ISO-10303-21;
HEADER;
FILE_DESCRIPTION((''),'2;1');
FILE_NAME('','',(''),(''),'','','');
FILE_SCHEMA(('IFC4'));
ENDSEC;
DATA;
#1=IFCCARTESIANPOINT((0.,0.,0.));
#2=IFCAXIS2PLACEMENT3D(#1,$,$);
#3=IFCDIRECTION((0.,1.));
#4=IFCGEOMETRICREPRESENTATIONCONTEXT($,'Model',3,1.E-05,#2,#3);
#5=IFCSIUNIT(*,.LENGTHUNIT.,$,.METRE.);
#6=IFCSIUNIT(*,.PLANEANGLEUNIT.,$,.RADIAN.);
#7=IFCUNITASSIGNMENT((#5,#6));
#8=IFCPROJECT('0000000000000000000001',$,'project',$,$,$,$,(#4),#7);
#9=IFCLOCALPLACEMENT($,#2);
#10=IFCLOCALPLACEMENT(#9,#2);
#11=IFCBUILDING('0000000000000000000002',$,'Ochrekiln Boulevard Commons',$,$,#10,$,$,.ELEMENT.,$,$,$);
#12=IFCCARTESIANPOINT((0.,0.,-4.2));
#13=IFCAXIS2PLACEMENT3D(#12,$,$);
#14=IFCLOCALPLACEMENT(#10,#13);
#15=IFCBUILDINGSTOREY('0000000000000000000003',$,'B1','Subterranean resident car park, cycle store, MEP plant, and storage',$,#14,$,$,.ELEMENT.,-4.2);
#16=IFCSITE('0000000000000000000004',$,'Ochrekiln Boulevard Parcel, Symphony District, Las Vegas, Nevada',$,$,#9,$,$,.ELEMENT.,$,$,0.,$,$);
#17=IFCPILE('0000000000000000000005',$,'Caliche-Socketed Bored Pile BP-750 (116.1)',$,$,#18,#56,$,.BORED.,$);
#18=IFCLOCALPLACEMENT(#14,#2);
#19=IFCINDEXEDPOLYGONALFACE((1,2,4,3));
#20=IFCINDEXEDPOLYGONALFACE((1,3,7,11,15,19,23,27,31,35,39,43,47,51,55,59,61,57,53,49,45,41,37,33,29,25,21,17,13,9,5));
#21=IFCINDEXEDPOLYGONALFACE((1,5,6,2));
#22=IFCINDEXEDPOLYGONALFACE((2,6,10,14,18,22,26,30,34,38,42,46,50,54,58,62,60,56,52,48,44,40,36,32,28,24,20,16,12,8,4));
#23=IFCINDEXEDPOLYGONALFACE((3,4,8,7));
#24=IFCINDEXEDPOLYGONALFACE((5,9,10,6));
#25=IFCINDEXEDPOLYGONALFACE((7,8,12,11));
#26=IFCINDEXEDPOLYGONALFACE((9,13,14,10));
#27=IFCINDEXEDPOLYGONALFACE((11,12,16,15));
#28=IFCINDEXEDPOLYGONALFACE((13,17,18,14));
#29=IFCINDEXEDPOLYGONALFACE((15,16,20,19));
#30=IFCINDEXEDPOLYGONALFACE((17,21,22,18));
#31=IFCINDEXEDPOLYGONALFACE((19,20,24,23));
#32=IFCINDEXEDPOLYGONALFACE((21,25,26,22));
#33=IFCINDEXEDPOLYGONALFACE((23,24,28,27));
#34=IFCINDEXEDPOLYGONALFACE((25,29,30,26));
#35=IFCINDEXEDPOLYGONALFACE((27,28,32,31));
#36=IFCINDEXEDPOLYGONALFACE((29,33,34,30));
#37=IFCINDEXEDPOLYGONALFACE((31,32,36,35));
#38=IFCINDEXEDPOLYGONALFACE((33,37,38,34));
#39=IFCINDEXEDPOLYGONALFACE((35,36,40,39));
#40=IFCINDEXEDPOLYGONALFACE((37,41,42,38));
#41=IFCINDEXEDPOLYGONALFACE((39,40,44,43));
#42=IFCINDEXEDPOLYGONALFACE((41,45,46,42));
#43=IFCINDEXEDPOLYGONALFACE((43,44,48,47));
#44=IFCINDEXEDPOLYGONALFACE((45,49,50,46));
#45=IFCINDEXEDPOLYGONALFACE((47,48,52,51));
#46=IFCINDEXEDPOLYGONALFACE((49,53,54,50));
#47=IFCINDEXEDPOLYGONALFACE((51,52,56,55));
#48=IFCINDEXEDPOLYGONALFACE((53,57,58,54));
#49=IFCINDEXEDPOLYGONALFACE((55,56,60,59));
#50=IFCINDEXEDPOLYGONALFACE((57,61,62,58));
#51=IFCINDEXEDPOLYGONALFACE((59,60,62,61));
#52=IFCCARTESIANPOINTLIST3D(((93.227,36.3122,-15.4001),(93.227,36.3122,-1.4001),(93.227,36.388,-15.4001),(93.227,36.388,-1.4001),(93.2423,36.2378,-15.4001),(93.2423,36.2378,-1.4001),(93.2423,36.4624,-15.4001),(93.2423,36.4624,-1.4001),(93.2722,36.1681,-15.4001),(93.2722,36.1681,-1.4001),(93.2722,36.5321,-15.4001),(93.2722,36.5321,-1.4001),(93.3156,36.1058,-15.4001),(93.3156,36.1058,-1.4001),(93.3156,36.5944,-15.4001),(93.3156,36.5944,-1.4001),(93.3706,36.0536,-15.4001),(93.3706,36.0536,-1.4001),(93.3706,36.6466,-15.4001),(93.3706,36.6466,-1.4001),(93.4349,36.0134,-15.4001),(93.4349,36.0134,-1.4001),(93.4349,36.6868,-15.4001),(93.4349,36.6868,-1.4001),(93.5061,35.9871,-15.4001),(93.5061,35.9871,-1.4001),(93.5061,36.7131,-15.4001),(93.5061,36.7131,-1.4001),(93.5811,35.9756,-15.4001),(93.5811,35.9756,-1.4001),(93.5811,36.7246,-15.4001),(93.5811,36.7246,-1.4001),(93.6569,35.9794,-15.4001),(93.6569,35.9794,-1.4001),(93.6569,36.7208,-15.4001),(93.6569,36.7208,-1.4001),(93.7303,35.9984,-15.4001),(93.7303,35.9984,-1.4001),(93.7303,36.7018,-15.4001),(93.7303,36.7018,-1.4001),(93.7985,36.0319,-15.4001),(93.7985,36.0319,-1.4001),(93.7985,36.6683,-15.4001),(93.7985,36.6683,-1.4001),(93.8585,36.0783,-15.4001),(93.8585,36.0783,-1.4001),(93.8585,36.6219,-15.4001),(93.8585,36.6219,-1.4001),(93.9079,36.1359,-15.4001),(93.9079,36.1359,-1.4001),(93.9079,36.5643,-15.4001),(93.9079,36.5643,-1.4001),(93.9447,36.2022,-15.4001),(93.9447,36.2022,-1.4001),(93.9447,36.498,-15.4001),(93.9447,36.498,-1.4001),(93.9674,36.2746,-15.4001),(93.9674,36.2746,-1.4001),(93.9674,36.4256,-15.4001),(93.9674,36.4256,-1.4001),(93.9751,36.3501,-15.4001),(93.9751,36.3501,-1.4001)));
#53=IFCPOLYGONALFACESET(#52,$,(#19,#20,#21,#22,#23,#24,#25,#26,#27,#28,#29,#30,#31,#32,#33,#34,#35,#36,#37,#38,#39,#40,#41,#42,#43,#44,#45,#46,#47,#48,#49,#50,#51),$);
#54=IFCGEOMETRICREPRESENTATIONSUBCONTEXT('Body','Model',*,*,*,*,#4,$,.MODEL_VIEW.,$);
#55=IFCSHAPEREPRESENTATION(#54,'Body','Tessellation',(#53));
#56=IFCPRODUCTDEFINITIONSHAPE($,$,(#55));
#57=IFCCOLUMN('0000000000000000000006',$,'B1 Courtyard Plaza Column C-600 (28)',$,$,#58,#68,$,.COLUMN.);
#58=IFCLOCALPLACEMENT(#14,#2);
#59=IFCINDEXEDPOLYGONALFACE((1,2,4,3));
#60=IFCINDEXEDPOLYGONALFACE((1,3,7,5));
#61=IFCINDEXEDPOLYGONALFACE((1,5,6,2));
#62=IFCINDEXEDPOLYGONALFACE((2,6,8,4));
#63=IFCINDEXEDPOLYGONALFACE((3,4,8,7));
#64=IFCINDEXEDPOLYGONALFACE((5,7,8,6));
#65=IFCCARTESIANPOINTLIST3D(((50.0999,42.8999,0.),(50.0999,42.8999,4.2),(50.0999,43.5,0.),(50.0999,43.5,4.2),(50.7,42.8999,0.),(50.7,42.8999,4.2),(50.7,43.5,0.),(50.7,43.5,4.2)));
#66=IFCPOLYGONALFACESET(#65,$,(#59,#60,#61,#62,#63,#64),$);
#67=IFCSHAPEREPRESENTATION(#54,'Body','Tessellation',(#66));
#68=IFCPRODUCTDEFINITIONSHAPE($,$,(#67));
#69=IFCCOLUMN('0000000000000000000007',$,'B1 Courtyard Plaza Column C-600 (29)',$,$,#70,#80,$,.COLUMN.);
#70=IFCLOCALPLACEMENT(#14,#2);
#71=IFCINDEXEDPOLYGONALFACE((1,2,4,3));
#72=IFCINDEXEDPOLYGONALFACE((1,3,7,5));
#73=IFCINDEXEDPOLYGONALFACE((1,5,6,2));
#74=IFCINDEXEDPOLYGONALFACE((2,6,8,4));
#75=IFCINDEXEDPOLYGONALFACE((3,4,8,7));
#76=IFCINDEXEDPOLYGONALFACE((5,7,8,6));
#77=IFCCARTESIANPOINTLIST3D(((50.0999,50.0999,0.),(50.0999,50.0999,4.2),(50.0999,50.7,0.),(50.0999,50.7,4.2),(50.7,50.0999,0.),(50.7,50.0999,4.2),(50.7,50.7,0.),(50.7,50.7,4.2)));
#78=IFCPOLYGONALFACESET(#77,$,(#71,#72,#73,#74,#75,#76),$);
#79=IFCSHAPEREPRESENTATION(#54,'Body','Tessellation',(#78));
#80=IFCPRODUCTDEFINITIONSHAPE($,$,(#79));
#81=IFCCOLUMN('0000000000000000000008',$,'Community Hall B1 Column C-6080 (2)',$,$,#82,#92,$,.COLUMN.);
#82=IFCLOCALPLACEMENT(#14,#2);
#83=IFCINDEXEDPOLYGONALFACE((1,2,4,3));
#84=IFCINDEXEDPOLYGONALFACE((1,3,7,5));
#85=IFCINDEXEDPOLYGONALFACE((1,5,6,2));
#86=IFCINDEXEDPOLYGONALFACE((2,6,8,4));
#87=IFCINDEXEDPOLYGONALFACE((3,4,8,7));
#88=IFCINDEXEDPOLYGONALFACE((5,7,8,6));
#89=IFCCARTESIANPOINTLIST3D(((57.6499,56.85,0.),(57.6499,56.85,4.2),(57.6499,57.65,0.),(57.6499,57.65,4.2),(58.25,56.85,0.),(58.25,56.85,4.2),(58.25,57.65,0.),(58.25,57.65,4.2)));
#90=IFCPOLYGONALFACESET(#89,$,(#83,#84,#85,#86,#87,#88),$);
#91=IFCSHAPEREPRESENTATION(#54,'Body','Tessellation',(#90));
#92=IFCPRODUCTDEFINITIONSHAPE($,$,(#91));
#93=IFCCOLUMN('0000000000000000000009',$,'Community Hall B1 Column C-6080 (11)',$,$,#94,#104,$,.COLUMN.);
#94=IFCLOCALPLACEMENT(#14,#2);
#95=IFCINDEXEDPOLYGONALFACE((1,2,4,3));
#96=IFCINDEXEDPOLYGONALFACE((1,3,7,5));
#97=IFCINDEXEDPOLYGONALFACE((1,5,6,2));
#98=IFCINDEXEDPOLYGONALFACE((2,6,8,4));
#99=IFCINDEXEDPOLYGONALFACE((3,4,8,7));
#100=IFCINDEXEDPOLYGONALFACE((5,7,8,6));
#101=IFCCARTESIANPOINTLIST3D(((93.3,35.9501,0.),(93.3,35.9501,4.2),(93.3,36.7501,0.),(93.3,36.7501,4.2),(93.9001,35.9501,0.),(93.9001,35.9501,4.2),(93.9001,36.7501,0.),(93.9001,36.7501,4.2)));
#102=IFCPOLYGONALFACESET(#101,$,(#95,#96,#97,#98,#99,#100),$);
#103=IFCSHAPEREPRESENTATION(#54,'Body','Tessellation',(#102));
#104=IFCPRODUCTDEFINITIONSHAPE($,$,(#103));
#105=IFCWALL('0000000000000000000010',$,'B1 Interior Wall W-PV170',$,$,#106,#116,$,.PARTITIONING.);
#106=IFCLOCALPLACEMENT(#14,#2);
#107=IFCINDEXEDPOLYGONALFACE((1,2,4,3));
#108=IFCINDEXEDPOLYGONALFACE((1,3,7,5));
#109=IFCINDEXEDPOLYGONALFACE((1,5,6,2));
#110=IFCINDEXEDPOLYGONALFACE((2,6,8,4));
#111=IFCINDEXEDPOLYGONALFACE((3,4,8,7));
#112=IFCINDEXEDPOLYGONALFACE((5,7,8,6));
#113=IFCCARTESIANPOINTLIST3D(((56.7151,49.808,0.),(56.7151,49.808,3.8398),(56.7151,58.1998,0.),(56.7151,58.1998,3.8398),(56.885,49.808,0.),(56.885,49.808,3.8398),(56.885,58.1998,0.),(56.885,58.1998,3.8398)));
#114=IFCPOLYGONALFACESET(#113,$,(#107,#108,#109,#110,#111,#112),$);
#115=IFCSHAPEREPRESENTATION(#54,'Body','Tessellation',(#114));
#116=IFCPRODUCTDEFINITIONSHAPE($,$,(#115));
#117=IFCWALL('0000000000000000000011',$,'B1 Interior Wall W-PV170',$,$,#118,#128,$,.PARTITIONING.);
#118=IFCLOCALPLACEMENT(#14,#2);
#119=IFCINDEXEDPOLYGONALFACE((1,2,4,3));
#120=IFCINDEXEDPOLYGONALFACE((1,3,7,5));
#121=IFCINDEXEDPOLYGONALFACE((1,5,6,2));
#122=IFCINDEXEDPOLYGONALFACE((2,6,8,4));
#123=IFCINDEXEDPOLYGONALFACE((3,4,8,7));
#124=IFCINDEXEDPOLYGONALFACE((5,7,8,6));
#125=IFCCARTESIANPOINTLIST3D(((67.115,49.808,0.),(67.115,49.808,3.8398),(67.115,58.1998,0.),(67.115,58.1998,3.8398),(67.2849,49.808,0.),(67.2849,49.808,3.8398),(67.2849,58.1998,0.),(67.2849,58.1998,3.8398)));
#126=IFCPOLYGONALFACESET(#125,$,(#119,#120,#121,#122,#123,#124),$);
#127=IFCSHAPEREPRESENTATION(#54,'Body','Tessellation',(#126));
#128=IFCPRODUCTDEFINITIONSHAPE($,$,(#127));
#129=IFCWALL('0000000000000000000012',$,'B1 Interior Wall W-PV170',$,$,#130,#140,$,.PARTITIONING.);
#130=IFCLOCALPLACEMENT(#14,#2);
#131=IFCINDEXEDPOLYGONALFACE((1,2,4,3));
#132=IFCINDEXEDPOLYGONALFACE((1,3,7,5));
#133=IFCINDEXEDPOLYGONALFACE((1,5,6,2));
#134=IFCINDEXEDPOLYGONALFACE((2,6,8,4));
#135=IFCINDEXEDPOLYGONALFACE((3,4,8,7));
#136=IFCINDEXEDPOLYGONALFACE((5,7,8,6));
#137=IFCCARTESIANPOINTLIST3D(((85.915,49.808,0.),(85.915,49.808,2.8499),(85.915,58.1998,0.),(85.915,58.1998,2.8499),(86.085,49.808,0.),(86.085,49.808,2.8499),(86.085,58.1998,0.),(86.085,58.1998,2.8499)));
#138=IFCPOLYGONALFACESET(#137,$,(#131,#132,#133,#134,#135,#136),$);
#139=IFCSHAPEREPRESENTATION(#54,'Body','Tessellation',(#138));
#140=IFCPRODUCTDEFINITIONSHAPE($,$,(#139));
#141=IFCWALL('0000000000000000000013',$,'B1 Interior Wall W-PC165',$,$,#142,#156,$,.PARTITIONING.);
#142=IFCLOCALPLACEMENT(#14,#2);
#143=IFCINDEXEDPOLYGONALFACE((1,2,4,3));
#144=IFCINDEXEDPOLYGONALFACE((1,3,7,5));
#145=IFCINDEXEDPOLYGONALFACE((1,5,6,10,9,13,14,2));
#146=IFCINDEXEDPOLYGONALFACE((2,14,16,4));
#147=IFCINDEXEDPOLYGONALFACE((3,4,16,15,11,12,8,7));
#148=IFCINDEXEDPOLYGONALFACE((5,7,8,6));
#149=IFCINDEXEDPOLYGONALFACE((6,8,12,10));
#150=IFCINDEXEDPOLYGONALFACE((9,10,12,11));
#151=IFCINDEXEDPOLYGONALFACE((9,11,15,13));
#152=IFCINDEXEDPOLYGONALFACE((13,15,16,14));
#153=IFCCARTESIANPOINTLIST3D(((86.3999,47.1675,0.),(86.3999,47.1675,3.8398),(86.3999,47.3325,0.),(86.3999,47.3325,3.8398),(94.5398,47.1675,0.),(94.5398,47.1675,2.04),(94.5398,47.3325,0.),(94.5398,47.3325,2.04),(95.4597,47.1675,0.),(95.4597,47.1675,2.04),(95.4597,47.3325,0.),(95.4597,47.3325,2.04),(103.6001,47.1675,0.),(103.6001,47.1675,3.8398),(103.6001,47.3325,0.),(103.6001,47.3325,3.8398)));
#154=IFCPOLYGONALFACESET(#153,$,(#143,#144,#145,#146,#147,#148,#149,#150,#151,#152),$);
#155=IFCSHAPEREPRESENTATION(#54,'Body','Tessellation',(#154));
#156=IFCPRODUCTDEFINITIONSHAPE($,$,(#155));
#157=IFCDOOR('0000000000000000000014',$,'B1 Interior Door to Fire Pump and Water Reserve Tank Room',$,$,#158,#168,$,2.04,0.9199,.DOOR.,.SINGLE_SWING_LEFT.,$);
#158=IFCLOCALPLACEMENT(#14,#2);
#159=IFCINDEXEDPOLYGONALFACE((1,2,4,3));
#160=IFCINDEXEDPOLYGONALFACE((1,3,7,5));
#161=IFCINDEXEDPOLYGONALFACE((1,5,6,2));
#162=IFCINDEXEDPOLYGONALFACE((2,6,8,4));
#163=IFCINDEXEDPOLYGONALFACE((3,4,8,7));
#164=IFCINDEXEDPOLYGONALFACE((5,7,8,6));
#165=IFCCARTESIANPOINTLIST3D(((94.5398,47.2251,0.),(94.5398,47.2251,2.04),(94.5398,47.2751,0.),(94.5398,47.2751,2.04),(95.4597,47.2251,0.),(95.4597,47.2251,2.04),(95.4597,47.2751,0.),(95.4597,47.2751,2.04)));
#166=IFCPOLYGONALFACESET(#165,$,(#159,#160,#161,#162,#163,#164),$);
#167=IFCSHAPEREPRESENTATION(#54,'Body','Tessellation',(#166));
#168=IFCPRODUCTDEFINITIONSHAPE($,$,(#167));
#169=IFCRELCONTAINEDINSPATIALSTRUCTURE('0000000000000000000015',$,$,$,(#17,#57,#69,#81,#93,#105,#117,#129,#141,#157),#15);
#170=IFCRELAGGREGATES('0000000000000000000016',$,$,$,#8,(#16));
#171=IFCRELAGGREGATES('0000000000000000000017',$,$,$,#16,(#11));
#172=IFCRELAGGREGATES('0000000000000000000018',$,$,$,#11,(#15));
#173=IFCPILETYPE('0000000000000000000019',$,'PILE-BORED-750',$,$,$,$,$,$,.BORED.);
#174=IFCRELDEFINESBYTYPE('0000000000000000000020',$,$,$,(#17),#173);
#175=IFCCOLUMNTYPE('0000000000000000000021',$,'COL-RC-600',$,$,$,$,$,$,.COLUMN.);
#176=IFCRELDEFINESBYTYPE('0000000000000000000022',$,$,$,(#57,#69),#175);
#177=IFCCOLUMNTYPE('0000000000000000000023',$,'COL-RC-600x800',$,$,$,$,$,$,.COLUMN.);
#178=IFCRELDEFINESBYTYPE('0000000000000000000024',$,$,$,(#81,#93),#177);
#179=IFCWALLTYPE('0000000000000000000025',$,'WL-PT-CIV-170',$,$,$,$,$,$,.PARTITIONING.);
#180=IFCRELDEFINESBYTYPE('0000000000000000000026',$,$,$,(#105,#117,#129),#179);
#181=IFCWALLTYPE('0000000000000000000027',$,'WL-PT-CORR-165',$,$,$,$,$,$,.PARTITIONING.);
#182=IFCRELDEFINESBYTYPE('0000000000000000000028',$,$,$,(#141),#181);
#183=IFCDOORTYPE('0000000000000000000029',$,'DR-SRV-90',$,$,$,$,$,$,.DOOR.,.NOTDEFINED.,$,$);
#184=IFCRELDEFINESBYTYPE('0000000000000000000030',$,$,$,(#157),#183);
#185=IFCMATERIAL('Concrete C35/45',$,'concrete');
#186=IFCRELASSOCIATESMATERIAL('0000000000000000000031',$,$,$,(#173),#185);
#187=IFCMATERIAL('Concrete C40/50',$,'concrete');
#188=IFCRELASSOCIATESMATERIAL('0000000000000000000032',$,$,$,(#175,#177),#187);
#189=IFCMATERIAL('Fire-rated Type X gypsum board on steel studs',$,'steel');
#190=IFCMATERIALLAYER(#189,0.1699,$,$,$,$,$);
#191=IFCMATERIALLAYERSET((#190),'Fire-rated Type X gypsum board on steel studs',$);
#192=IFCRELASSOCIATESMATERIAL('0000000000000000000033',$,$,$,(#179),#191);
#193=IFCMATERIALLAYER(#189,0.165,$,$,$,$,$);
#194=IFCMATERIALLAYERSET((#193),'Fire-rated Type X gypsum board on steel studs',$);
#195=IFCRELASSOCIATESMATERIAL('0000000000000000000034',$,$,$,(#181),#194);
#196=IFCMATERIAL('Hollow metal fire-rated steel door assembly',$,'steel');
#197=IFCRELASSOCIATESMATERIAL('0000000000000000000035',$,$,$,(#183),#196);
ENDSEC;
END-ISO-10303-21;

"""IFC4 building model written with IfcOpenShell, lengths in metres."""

from ifc_helpers import new_model, si_unit, direction, frame, frame_2d, origin, origin_2d, place, context, subcontext, project, spatial, rectangle, circle, extrude, material, layer, layer_set, material_profile, profile_set, type_object, element, fill, save


model = new_model("IFC4")

# Units and contexts
model_context = context("Model", 3, precision=1e-05, world=origin(), true_north=direction((0.0, 1.0)))
body_context = subcontext(model_context, "Body", "Model", "MODEL_VIEW")
ifc_project = project(units=[si_unit("LENGTHUNIT", "METRE"), si_unit("PLANEANGLEUNIT", "RADIAN")], contexts=[model_context])

# Site, building, storey
site_placement = place(None, origin())
site = spatial("IfcSite", under=ifc_project, at=site_placement, Name="Ochrekiln Boulevard Parcel, Symphony District, Las Vegas, Nevada", CompositionType="ELEMENT", RefElevation=0.0)
building_placement = place(site_placement, origin())
building = spatial("IfcBuilding", under=site, at=building_placement, Name="Ochrekiln Boulevard Commons", CompositionType="ELEMENT")
storey_placement = place(building_placement, frame((0.0, 0.0, -4.2)))
storey = spatial("IfcBuildingStorey", under=building, at=storey_placement, Name="B1", Description="Subterranean resident car park, cycle store, MEP plant, and storage", CompositionType="ELEMENT", Elevation=-4.2)

# Shared definitions
ifc_material_1 = material(Name="Concrete C35/45", Category="concrete")

# Pile
ifc_material_profile_1 = material_profile(ifc_material_1, circle(Radius=0.375, at=origin_2d()), Name="PILE-D750")
ifc_profile_set_1 = profile_set([ifc_material_profile_1], Name="Concrete C35/45")
pile_type = type_object("IfcPileType", Name="PILE-BORED-750", PredefinedType="BORED", material=ifc_profile_set_1)
for number, where, z_axis, x_axis, name in (
    (1, (93.6001, 36.3501, -1.4001), (0.0, 0.0, -1.0), (1.0, 0.0, 0.0), "Caliche-Socketed Bored Pile BP-750 (116.1)"),
):
    element("IfcPile", number, at=place(storey_placement, frame(where, z_axis=z_axis, x_axis=x_axis)), inside=storey, type_object=pile_type, Name=name, PredefinedType="BORED", context=body_context, shape_type="SweptSolid", body=[
        extrude(circle(Radius=0.375, at=origin_2d()), origin(), (0.0, 0.0, 1.0), 14.0),
    ])

# Columns
ifc_material_2 = material(Name="Concrete C40/50", Category="concrete")
ifc_material_profile_2 = material_profile(ifc_material_2, rectangle(XDim=0.6001, YDim=0.6001, at=origin_2d()), Name="RC-COL-600x600")
ifc_profile_set_2 = profile_set([ifc_material_profile_2], Name="Concrete C40/50")
column_type_1 = type_object("IfcColumnType", Name="COL-RC-600", PredefinedType="COLUMN", material=ifc_profile_set_2)
for number, where, z_axis, x_axis, name in (
    (2, (50.3999, 43.2, 0.0), (0.0, 0.0, 1.0), (1.0, 0.0, 0.0), "B1 Courtyard Plaza Column C-600 (28)"),
    (3, (50.3999, 50.3999, 0.0), (0.0, 0.0, 1.0), (1.0, 0.0, 0.0), "B1 Courtyard Plaza Column C-600 (29)"),
):
    element("IfcColumn", number, at=place(storey_placement, frame(where, z_axis=z_axis, x_axis=x_axis)), inside=storey, type_object=column_type_1, Name=name, PredefinedType="COLUMN", context=body_context, shape_type="SweptSolid", body=[
        extrude(rectangle(XDim=0.6001, YDim=0.6001, at=origin_2d()), origin(), (0.0, 0.0, 1.0), 4.2),
    ])
ifc_material_profile_3 = material_profile(ifc_material_2, rectangle(XDim=0.6001, YDim=0.8, at=origin_2d()), Name="RC-COL-600x800")
ifc_profile_set_3 = profile_set([ifc_material_profile_3], Name="Concrete C40/50")
column_type_2 = type_object("IfcColumnType", Name="COL-RC-600x800", PredefinedType="COLUMN", material=ifc_profile_set_3)
for number, where, z_axis, x_axis, name in (
    (4, (57.95, 57.25, 0.0), (0.0, 0.0, 1.0), (1.0, 0.0, 0.0), "Community Hall B1 Column C-6080 (2)"),
    (5, (93.6001, 36.3501, 0.0), (0.0, 0.0, 1.0), (1.0, 0.0, 0.0), "Community Hall B1 Column C-6080 (11)"),
):
    element("IfcColumn", number, at=place(storey_placement, frame(where, z_axis=z_axis, x_axis=x_axis)), inside=storey, type_object=column_type_2, Name=name, PredefinedType="COLUMN", context=body_context, shape_type="SweptSolid", body=[
        extrude(rectangle(XDim=0.6001, YDim=0.8, at=origin_2d()), origin(), (0.0, 0.0, 1.0), 4.2),
    ])

# Walls
ifc_material_3 = material(Name="Fire-rated Type X gypsum board on steel studs", Category="steel")
ifc_layer_1 = layer(ifc_material_3, 0.1699)
ifc_layer_set_1 = layer_set([ifc_layer_1], Name="Fire-rated Type X gypsum board on steel studs")
wall_type_1 = type_object("IfcWallType", Name="WL-PT-CIV-170", PredefinedType="PARTITIONING", material=ifc_layer_set_1)
for number, where, z_axis, x_axis, name in (
    (6, (56.8, 49.8081, 0.0), (0.0, 0.0, 1.0), (0.0, 1.0, 0.0), "B1 Interior Wall W-PV170"),
    (7, (67.2, 49.8081, 0.0), (0.0, 0.0, 1.0), (0.0, 1.0, 0.0), "B1 Interior Wall W-PV170"),
):
    element("IfcWall", number, at=place(storey_placement, frame(where, z_axis=z_axis, x_axis=x_axis)), inside=storey, type_object=wall_type_1, Name=name, PredefinedType="PARTITIONING", context=body_context, shape_type="SweptSolid", body=[
        extrude(rectangle(XDim=8.3918, YDim=0.1699, at=frame_2d((4.1958, 0.0))), origin(), (0.0, 0.0, 1.0), 3.8398),
    ])
wall_1_placement = place(storey_placement, frame((86.0, 49.8081, 0.0), z_axis=(0.0, 0.0, 1.0), x_axis=(0.0, 1.0, 0.0)))
element("IfcWall", 8, at=wall_1_placement, inside=storey, type_object=wall_type_1, Name="B1 Interior Wall W-PV170", PredefinedType="PARTITIONING", context=body_context, shape_type="SweptSolid", body=[
    extrude(rectangle(XDim=8.3918, YDim=0.1699, at=frame_2d((4.1958, 0.0))), origin(), (0.0, 0.0, 1.0), 2.8499),
])

# Wall, opening, door
ifc_layer_2 = layer(ifc_material_3, 0.165)
ifc_layer_set_2 = layer_set([ifc_layer_2], Name="Fire-rated Type X gypsum board on steel studs")
wall_type_2 = type_object("IfcWallType", Name="WL-PT-CORR-165", PredefinedType="PARTITIONING", material=ifc_layer_set_2)
wall_2_placement = place(storey_placement, frame((86.3999, 47.25, 0.0), z_axis=(0.0, 0.0, 1.0), x_axis=(1.0, 0.0, 0.0)))
wall_2 = element("IfcWall", 9, at=wall_2_placement, inside=storey, type_object=wall_type_2, Name="B1 Interior Wall W-PC165", PredefinedType="PARTITIONING", context=body_context, shape_type="SweptSolid", body=[
    extrude(rectangle(XDim=17.2002, YDim=0.165, at=frame_2d((8.6001, 0.0))), origin(), (0.0, 0.0, 1.0), 3.8398),
])
opening_1_placement = place(wall_2_placement, frame((8.1399, 0.0, 0.0)))
opening_1 = element("IfcOpeningElement", 10, at=opening_1_placement, cuts=wall_2, PredefinedType="OPENING", context=body_context, shape_type="SweptSolid", body=[
    extrude(rectangle(XDim=0.9199, YDim=2.04, at=frame_2d((0.46, 1.02))), frame((0.0, 0.0925, 0.0), z_axis=(0.0, -1.0, 0.0), x_axis=(1.0, 0.0, 0.0)), (0.0, 0.0, 1.0), 0.1851),
])
ifc_material_4 = material(Name="Hollow metal fire-rated steel door assembly", Category="steel")
door_type_1 = type_object("IfcDoorType", Name="DR-SRV-90", OperationType="NOTDEFINED", PredefinedType="DOOR", material=ifc_material_4)
door_1_placement = place(opening_1_placement, frame((0.9199, 0.0, 0.0), z_axis=(0.0, 0.0, 1.0), x_axis=(-1.0, 0.0, 0.0)))
door_1 = element("IfcDoor", 11, at=door_1_placement, inside=storey, type_object=door_type_1, Name="B1 Interior Door to Fire Pump and Water Reserve Tank Room", OperationType="SINGLE_SWING_LEFT", OverallHeight=2.04, OverallWidth=0.9199, PredefinedType="DOOR", context=body_context, shape_type="SweptSolid", body=[
    extrude(rectangle(XDim=0.9199, YDim=2.04, at=frame_2d((0.46, 1.02))), frame((0.0, 0.0249, 0.0), z_axis=(0.0, -1.0, 0.0), x_axis=(1.0, 0.0, 0.0)), (0.0, 0.0, 1.0), 0.05),
])
fill(opening_1, door_1)

save(model, "model.ifc")
